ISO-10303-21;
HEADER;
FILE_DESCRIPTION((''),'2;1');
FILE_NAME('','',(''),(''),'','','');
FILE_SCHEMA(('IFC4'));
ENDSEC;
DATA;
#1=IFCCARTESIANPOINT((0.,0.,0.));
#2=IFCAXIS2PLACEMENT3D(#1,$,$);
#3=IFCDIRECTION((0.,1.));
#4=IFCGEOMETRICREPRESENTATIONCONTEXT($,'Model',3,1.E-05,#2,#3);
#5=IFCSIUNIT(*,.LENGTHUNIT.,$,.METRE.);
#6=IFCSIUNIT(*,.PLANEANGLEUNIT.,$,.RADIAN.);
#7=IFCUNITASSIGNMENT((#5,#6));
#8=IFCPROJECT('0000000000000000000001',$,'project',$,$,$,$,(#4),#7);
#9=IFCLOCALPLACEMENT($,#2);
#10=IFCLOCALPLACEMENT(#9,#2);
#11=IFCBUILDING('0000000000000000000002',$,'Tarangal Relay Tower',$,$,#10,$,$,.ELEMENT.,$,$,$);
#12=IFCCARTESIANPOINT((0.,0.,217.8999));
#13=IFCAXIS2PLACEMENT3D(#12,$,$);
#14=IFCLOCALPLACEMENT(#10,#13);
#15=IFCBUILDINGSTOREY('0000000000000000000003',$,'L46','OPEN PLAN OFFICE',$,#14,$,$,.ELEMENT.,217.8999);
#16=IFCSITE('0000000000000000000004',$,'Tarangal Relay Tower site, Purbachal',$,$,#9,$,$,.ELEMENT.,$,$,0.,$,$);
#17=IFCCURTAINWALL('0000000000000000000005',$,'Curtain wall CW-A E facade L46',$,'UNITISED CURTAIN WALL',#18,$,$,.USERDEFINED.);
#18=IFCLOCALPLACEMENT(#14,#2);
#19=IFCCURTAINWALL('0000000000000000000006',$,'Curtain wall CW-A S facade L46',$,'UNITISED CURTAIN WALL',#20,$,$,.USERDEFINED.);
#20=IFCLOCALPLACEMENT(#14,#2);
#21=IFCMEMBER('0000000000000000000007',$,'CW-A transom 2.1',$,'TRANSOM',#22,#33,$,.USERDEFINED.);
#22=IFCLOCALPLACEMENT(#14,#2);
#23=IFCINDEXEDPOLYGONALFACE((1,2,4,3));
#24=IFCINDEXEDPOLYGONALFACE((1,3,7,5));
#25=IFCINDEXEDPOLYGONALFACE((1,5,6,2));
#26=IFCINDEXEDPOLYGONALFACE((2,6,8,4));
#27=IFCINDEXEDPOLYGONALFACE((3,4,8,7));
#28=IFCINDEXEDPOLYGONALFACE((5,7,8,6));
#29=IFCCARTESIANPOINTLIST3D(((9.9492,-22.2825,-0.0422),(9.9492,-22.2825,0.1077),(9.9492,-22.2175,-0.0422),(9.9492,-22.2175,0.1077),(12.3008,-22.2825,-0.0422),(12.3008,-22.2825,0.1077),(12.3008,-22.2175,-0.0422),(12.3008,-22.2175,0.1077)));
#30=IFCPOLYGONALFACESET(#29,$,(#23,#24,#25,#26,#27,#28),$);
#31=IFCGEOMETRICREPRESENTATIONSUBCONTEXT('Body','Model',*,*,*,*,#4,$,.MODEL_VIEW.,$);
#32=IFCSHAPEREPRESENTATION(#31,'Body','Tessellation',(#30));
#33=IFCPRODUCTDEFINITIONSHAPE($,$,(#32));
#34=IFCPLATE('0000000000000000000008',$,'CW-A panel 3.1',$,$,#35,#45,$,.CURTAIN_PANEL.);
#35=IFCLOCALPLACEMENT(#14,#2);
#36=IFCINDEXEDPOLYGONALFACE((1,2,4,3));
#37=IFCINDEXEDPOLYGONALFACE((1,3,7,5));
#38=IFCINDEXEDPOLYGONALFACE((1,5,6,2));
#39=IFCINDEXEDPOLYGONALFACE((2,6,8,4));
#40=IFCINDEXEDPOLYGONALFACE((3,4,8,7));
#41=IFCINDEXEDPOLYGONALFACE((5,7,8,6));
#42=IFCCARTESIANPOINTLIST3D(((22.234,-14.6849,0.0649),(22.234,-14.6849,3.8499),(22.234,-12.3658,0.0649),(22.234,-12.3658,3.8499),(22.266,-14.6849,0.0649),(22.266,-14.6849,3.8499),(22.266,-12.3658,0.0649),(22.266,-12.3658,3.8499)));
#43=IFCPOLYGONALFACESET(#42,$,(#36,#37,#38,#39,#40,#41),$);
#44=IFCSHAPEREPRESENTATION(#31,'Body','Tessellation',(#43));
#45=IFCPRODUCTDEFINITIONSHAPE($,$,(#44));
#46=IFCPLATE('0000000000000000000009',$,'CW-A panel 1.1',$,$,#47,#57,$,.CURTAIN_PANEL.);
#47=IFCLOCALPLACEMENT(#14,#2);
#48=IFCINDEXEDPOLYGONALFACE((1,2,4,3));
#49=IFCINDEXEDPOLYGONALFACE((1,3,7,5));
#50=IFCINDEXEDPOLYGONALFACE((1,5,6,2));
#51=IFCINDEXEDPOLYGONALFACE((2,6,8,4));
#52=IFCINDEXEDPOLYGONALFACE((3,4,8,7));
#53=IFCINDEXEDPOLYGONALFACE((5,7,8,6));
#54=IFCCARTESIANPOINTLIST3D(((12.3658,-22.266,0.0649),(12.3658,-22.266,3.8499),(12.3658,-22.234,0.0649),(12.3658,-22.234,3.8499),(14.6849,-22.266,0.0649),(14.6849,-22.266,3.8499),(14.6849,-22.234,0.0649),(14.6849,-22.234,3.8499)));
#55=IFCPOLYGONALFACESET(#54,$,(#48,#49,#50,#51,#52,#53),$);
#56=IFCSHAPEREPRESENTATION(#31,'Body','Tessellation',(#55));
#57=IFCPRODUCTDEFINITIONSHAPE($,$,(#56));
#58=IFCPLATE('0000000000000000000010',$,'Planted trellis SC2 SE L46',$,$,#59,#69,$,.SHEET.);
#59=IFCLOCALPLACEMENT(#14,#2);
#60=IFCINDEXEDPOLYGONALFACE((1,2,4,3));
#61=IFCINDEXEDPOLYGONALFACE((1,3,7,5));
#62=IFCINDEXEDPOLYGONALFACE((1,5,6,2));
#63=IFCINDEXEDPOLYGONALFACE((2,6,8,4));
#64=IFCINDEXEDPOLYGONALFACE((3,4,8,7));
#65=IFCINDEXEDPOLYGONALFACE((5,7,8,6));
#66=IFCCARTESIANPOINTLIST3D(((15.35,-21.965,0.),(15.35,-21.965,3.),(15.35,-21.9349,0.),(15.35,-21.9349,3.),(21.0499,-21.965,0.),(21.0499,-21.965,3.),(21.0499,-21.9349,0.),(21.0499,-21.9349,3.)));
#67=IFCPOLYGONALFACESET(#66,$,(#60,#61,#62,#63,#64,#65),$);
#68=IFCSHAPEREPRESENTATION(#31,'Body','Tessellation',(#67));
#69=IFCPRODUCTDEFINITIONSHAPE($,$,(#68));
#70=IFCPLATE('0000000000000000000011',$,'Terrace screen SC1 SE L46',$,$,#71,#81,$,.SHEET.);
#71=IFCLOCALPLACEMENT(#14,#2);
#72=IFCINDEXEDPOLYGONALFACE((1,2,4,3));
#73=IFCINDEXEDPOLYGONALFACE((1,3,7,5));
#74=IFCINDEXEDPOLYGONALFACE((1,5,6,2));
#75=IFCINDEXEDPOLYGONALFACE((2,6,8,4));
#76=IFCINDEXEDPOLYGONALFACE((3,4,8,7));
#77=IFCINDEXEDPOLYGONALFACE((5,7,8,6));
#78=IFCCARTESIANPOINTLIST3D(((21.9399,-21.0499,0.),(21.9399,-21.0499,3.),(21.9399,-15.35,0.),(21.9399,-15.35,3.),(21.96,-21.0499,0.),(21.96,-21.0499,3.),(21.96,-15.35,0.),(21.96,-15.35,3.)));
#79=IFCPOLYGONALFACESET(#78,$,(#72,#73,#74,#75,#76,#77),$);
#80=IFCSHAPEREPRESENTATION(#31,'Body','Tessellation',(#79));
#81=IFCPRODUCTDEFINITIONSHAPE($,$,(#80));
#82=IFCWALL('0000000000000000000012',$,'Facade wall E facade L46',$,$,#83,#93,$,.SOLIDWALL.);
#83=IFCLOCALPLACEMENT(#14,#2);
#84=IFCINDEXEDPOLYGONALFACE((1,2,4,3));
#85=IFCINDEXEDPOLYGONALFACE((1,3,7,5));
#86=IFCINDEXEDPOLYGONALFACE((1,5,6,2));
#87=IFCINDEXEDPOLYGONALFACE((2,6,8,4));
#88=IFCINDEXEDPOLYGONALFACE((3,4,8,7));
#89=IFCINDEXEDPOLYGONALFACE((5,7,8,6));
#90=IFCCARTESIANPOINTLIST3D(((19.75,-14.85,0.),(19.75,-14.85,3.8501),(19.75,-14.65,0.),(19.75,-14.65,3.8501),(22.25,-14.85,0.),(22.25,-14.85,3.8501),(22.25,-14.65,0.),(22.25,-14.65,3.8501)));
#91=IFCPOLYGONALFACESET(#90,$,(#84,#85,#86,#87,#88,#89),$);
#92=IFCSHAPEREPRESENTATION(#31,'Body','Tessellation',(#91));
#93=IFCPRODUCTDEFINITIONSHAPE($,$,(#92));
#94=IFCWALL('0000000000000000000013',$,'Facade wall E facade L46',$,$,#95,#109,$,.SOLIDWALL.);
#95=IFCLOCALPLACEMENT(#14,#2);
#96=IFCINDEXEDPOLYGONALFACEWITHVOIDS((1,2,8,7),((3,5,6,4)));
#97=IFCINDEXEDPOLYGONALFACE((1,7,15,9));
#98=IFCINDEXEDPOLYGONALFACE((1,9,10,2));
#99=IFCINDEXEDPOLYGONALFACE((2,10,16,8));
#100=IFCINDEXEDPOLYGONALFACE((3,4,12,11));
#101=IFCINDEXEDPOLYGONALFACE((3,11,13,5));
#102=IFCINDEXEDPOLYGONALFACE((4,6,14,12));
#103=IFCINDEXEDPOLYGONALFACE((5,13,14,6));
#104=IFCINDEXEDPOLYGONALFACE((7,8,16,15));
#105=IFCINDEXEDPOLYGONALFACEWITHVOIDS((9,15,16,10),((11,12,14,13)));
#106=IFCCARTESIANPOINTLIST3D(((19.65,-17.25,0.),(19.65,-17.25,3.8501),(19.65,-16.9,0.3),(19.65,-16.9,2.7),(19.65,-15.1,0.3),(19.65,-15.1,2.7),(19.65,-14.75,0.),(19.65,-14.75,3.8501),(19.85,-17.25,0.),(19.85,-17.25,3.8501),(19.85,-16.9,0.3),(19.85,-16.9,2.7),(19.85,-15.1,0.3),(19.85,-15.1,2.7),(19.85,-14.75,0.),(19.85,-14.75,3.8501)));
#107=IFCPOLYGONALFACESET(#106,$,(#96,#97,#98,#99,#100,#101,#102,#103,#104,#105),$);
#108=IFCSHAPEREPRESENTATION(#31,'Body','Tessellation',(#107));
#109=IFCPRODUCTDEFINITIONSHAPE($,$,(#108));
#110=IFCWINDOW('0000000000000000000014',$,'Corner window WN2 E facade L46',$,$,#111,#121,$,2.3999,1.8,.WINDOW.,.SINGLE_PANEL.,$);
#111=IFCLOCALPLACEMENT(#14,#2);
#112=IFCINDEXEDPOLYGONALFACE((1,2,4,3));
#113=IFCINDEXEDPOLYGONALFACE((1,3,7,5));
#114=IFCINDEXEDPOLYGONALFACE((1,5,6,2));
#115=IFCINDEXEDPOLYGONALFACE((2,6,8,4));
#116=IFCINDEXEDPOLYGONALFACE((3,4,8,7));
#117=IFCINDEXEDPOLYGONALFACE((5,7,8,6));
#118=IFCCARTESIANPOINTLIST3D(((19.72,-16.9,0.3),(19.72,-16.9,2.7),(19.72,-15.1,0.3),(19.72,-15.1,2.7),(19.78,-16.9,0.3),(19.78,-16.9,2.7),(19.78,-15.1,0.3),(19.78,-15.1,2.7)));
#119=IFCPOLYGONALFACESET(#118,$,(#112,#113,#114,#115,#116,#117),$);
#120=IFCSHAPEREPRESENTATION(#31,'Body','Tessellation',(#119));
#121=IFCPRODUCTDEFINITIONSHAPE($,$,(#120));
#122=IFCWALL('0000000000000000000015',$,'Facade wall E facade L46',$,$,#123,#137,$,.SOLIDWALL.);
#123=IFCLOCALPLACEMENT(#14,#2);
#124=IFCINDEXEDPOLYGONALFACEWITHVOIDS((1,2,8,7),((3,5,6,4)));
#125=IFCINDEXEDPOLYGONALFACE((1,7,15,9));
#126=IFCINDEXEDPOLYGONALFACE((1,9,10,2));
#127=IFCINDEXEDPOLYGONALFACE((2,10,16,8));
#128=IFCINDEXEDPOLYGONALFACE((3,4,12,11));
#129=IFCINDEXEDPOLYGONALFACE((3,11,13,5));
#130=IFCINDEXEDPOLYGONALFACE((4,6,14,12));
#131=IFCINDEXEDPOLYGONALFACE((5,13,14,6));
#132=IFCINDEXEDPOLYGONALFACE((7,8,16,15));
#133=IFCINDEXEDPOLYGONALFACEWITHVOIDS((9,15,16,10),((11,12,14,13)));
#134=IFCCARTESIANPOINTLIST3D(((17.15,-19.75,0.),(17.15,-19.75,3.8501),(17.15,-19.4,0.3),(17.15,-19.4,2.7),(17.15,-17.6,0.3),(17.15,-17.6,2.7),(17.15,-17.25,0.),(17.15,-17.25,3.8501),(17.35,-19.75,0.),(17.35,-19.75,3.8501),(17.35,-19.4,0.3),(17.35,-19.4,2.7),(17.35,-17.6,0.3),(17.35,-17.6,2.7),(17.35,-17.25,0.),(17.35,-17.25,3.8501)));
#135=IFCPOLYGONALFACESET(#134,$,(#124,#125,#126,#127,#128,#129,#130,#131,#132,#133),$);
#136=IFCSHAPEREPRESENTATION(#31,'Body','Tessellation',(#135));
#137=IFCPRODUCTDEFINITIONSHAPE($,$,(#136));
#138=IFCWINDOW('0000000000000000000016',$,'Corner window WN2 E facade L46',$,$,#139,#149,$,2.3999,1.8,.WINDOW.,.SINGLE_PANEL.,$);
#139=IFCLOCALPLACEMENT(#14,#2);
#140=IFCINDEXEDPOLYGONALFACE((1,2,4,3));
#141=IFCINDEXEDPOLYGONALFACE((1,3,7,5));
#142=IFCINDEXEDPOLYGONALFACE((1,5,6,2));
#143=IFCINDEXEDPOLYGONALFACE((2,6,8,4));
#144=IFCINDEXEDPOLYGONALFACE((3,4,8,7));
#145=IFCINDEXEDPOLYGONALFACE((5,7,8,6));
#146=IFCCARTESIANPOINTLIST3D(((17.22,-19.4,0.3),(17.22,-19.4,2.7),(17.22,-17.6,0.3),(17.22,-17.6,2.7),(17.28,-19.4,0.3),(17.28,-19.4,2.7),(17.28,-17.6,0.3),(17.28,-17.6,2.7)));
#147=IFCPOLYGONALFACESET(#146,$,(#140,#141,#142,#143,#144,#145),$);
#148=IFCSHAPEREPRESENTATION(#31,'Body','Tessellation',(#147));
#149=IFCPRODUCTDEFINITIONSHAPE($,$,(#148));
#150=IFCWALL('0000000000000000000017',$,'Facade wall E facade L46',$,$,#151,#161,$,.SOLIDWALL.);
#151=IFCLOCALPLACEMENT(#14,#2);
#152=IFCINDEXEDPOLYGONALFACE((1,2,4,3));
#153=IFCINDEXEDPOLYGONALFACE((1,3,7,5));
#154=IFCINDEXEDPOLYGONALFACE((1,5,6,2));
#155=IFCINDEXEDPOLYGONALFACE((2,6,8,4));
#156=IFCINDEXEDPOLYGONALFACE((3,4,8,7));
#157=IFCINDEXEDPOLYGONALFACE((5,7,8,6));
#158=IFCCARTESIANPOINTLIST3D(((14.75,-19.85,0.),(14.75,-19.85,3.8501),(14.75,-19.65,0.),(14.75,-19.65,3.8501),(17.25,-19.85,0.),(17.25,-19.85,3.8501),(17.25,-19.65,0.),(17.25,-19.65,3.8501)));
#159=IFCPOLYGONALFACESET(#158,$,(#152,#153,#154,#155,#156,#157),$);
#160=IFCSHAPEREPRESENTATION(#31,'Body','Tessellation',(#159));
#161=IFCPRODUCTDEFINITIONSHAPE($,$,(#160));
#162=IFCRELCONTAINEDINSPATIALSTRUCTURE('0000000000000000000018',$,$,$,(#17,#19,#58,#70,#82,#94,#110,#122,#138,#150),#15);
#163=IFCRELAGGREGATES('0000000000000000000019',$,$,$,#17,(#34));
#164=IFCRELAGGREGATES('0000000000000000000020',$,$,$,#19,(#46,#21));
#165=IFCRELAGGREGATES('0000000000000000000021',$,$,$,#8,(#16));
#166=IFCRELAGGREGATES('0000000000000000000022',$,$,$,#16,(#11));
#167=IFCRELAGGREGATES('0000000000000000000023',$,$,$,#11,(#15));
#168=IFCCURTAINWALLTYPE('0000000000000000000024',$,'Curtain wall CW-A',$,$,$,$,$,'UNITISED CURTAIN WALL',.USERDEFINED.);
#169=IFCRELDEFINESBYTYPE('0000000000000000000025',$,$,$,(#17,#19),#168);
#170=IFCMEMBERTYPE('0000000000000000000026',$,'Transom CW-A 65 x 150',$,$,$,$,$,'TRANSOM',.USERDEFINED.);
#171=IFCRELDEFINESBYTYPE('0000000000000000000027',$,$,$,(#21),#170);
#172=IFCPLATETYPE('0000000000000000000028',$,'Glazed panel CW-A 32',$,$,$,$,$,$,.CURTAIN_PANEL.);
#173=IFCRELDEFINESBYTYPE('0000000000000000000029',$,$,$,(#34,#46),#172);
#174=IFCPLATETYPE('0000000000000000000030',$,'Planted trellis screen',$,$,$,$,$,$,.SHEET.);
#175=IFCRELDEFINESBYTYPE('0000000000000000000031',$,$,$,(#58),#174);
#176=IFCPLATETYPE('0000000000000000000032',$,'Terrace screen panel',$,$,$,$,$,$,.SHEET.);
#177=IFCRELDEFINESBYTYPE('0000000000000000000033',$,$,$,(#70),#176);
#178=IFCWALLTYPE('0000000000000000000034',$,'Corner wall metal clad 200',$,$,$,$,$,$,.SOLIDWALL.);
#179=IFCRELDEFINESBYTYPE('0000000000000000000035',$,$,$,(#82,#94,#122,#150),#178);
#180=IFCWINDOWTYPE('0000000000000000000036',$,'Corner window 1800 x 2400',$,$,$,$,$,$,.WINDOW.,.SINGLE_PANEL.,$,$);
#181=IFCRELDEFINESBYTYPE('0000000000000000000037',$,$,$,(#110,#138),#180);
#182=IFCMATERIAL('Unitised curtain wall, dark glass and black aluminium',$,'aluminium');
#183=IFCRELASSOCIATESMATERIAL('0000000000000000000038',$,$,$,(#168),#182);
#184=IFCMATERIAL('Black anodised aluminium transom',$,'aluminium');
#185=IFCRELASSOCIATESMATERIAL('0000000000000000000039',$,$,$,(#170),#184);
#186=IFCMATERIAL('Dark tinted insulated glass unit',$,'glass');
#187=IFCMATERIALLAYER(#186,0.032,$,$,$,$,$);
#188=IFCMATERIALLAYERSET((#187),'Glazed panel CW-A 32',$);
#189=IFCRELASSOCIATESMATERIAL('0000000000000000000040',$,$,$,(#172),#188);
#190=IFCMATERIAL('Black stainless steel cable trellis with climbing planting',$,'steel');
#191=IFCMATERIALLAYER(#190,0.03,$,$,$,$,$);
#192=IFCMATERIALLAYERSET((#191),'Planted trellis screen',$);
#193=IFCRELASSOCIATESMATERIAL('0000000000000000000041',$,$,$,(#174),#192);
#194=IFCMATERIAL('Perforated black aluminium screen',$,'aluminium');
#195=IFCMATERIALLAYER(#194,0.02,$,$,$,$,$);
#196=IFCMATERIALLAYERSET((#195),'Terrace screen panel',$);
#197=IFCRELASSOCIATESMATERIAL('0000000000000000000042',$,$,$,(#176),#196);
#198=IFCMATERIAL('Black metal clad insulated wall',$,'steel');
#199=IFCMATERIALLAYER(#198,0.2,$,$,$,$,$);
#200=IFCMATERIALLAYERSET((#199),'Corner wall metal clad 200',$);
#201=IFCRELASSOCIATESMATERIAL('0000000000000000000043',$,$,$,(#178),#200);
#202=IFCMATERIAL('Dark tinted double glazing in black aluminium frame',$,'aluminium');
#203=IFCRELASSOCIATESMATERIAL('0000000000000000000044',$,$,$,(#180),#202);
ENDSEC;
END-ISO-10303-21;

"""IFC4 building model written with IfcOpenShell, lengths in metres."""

from ifc_helpers import new_model, si_unit, direction, frame, frame_2d, origin, origin_2d, place, context, subcontext, project, spatial, rectangle, extrude, material, layer, layer_set, material_profile, profile_set, type_object, element, fill, aggregate, save


model = new_model("IFC4")

# Units and contexts
model_context = context("Model", 3, precision=1e-05, world=origin(), true_north=direction((0.0, 1.0)))
body_context = subcontext(model_context, "Body", "Model", "MODEL_VIEW")
ifc_project = project(units=[si_unit("LENGTHUNIT", "METRE"), si_unit("PLANEANGLEUNIT", "RADIAN")], contexts=[model_context])

# Site, building, storey
site_placement = place(None, origin())
site = spatial("IfcSite", under=ifc_project, at=site_placement, Name="Tarangal Relay Tower site, Purbachal", CompositionType="ELEMENT", RefElevation=0.0)
building_placement = place(site_placement, origin())
building = spatial("IfcBuilding", under=site, at=building_placement, Name="Tarangal Relay Tower", CompositionType="ELEMENT")
storey_placement = place(building_placement, frame((0.0, 0.0, 217.8999)))
storey = spatial("IfcBuildingStorey", under=building, at=storey_placement, Name="L46", Description="OPEN PLAN OFFICE", CompositionType="ELEMENT", Elevation=217.8999)

# Curtain walls
ifc_material_1 = material(Name="Unitised curtain wall, dark glass and black aluminium", Category="aluminium")
curtain_wall_type = type_object("IfcCurtainWallType", Name="Curtain wall CW-A", ElementType="UNITISED CURTAIN WALL", PredefinedType="USERDEFINED", material=ifc_material_1)
curtain_wall_1_placement = place(storey_placement, origin())
curtain_wall_1 = element("IfcCurtainWall", 1, at=curtain_wall_1_placement, inside=storey, type_object=curtain_wall_type, Name="Curtain wall CW-A E facade L46", ObjectType="UNITISED CURTAIN WALL", PredefinedType="USERDEFINED")
curtain_wall_2_placement = place(storey_placement, origin())
curtain_wall_2 = element("IfcCurtainWall", 2, at=curtain_wall_2_placement, inside=storey, type_object=curtain_wall_type, Name="Curtain wall CW-A S facade L46", ObjectType="UNITISED CURTAIN WALL", PredefinedType="USERDEFINED")

# Member
ifc_material_2 = material(Name="Black anodised aluminium transom", Category="aluminium")
ifc_material_profile_1 = material_profile(ifc_material_2, rectangle(XDim=0.0649, YDim=0.1499, at=origin_2d()), Name="CW-AT 65X150")
ifc_profile_set_1 = profile_set([ifc_material_profile_1], Name="Black anodised aluminium transom")
member_type_1 = type_object("IfcMemberType", Name="Transom CW-A 65 x 150", ElementType="TRANSOM", PredefinedType="USERDEFINED", material=ifc_profile_set_1)
member_1_placement = place(storey_placement, frame((12.3008, -22.25, 0.0327), z_axis=(-1.0, 0.0, 0.0), x_axis=(0.0, -1.0, 0.0)))
member_1 = element("IfcMember", 3, at=member_1_placement, type_object=member_type_1, Name="CW-A transom 2.1", ObjectType="TRANSOM", PredefinedType="USERDEFINED", context=body_context, shape_type="SweptSolid", body=[
    extrude(rectangle(XDim=0.0649, YDim=0.1499, at=origin_2d()), origin(), (0.0, 0.0, 1.0), 2.3516),
])

# Plates
ifc_material_3 = material(Name="Dark tinted insulated glass unit", Category="glass")
ifc_layer_1 = layer(ifc_material_3, 0.032)
ifc_layer_set_1 = layer_set([ifc_layer_1], Name="Glazed panel CW-A 32")
plate_type_1 = type_object("IfcPlateType", Name="Glazed panel CW-A 32", PredefinedType="CURTAIN_PANEL", material=ifc_layer_set_1)
plate_1_placement = place(storey_placement, frame((22.25, -13.5254, 0.0649), z_axis=(0.0, 0.0, 1.0), x_axis=(0.0, -1.0, 0.0)))
plate_1 = element("IfcPlate", 4, at=plate_1_placement, type_object=plate_type_1, Name="CW-A panel 3.1", PredefinedType="CURTAIN_PANEL", context=body_context, shape_type="SweptSolid", body=[
    extrude(rectangle(XDim=2.3191, YDim=0.032, at=origin_2d()), origin(), (0.0, 0.0, 1.0), 3.7849),
])
aggregate(curtain_wall_1, [plate_1])
plate_2_placement = place(storey_placement, frame((13.5254, -22.25, 0.0649), z_axis=(0.0, 0.0, 1.0), x_axis=(-1.0, 0.0, 0.0)))
plate_2 = element("IfcPlate", 5, at=plate_2_placement, type_object=plate_type_1, Name="CW-A panel 1.1", PredefinedType="CURTAIN_PANEL", context=body_context, shape_type="SweptSolid", body=[
    extrude(rectangle(XDim=2.3191, YDim=0.032, at=origin_2d()), origin(), (0.0, 0.0, 1.0), 3.7849),
])
aggregate(curtain_wall_2, [plate_2, member_1])

# Plates
ifc_material_4 = material(Name="Black stainless steel cable trellis with climbing planting", Category="steel")
ifc_layer_2 = layer(ifc_material_4, 0.03)
ifc_layer_set_2 = layer_set([ifc_layer_2], Name="Planted trellis screen")
plate_type_2 = type_object("IfcPlateType", Name="Planted trellis screen", PredefinedType="SHEET", material=ifc_layer_set_2)
plate_3_placement = place(storey_placement, frame((18.2, -21.95, 0.0), z_axis=(0.0, 0.0, 1.0), x_axis=(-1.0, 0.0, 0.0)))
element("IfcPlate", 6, at=plate_3_placement, inside=storey, type_object=plate_type_2, Name="Planted trellis SC2 SE L46", PredefinedType="SHEET", context=body_context, shape_type="SweptSolid", body=[
    extrude(rectangle(XDim=5.7, YDim=0.03, at=origin_2d()), origin(), (0.0, 0.0, 1.0), 3.0),
])
ifc_material_5 = material(Name="Perforated black aluminium screen", Category="aluminium")
ifc_layer_3 = layer(ifc_material_5, 0.02)
ifc_layer_set_3 = layer_set([ifc_layer_3], Name="Terrace screen panel")
plate_type_3 = type_object("IfcPlateType", Name="Terrace screen panel", PredefinedType="SHEET", material=ifc_layer_set_3)
plate_4_placement = place(storey_placement, frame((21.95, -18.2, 0.0), z_axis=(0.0, 0.0, 1.0), x_axis=(0.0, -1.0, 0.0)))
element("IfcPlate", 7, at=plate_4_placement, inside=storey, type_object=plate_type_3, Name="Terrace screen SC1 SE L46", PredefinedType="SHEET", context=body_context, shape_type="SweptSolid", body=[
    extrude(rectangle(XDim=5.7, YDim=0.02, at=origin_2d()), origin(), (0.0, 0.0, 1.0), 3.0),
])

# Wall
ifc_material_6 = material(Name="Black metal clad insulated wall", Category="steel")
ifc_layer_4 = layer(ifc_material_6, 0.2)
ifc_layer_set_4 = layer_set([ifc_layer_4], Name="Corner wall metal clad 200")
wall_type_1 = type_object("IfcWallType", Name="Corner wall metal clad 200", PredefinedType="SOLIDWALL", material=ifc_layer_set_4)
wall_1_placement = place(storey_placement, frame((22.25, -14.75, 0.0), z_axis=(0.0, 0.0, 1.0), x_axis=(-1.0, 0.0, 0.0)))
element("IfcWall", 8, at=wall_1_placement, inside=storey, type_object=wall_type_1, Name="Facade wall E facade L46", PredefinedType="SOLIDWALL", context=body_context, shape_type="SweptSolid", body=[
    extrude(rectangle(XDim=2.5, YDim=0.2, at=frame_2d((1.25, 0.0))), origin(), (0.0, 0.0, 1.0), 3.8501),
])

# Wall, opening, window
wall_2_placement = place(storey_placement, frame((19.75, -14.75, 0.0), z_axis=(0.0, 0.0, 1.0), x_axis=(0.0, -1.0, 0.0)))
wall_2 = element("IfcWall", 9, at=wall_2_placement, inside=storey, type_object=wall_type_1, Name="Facade wall E facade L46", PredefinedType="SOLIDWALL", context=body_context, shape_type="SweptSolid", body=[
    extrude(rectangle(XDim=2.5, YDim=0.2, at=frame_2d((1.25, 0.0))), origin(), (0.0, 0.0, 1.0), 3.8501),
])
opening_1_placement = place(wall_2_placement, frame((0.3501, 0.0, 0.3)))
opening_1 = element("IfcOpeningElement", 10, at=opening_1_placement, cuts=wall_2, PredefinedType="OPENING", context=body_context, shape_type="SweptSolid", body=[
    extrude(rectangle(XDim=1.8, YDim=2.3999, at=frame_2d((0.8999, 1.2))), frame((0.0, 0.1099, 0.0), z_axis=(0.0, -1.0, 0.0), x_axis=(1.0, 0.0, 0.0)), (0.0, 0.0, 1.0), 0.22),
])
ifc_material_7 = material(Name="Dark tinted double glazing in black aluminium frame", Category="aluminium")
window_type = type_object("IfcWindowType", Name="Corner window 1800 x 2400", PartitioningType="SINGLE_PANEL", PredefinedType="WINDOW", material=ifc_material_7)
window_1_placement = place(opening_1_placement, origin())
window_1 = element("IfcWindow", 11, at=window_1_placement, inside=storey, type_object=window_type, Name="Corner window WN2 E facade L46", OverallHeight=2.3999, OverallWidth=1.8, PartitioningType="SINGLE_PANEL", PredefinedType="WINDOW", context=body_context, shape_type="SweptSolid", body=[
    extrude(rectangle(XDim=1.8, YDim=2.3999, at=frame_2d((0.8999, 1.2))), frame((0.0, 0.03, 0.0), z_axis=(0.0, -1.0, 0.0), x_axis=(1.0, 0.0, 0.0)), (0.0, 0.0, 1.0), 0.0601),
])
fill(opening_1, window_1)

# Wall, opening, window
wall_3_placement = place(storey_placement, frame((17.25, -17.25, 0.0), z_axis=(0.0, 0.0, 1.0), x_axis=(0.0, -1.0, 0.0)))
wall_3 = element("IfcWall", 12, at=wall_3_placement, inside=storey, type_object=wall_type_1, Name="Facade wall E facade L46", PredefinedType="SOLIDWALL", context=body_context, shape_type="SweptSolid", body=[
    extrude(rectangle(XDim=2.5, YDim=0.2, at=frame_2d((1.25, 0.0))), origin(), (0.0, 0.0, 1.0), 3.8501),
])
opening_2_placement = place(wall_3_placement, frame((0.3501, 0.0, 0.3)))
opening_2 = element("IfcOpeningElement", 13, at=opening_2_placement, cuts=wall_3, PredefinedType="OPENING", context=body_context, shape_type="SweptSolid", body=[
    extrude(rectangle(XDim=1.8, YDim=2.3999, at=frame_2d((0.8999, 1.2))), frame((0.0, 0.1099, 0.0), z_axis=(0.0, -1.0, 0.0), x_axis=(1.0, 0.0, 0.0)), (0.0, 0.0, 1.0), 0.22),
])
window_2_placement = place(opening_2_placement, origin())
window_2 = element("IfcWindow", 14, at=window_2_placement, inside=storey, type_object=window_type, Name="Corner window WN2 E facade L46", OverallHeight=2.3999, OverallWidth=1.8, PartitioningType="SINGLE_PANEL", PredefinedType="WINDOW", context=body_context, shape_type="SweptSolid", body=[
    extrude(rectangle(XDim=1.8, YDim=2.3999, at=frame_2d((0.8999, 1.2))), frame((0.0, 0.03, 0.0), z_axis=(0.0, -1.0, 0.0), x_axis=(1.0, 0.0, 0.0)), (0.0, 0.0, 1.0), 0.0601),
])
fill(opening_2, window_2)

# Wall
wall_4_placement = place(storey_placement, frame((17.25, -19.75, 0.0), z_axis=(0.0, 0.0, 1.0), x_axis=(-1.0, 0.0, 0.0)))
element("IfcWall", 15, at=wall_4_placement, inside=storey, type_object=wall_type_1, Name="Facade wall E facade L46", PredefinedType="SOLIDWALL", context=body_context, shape_type="SweptSolid", body=[
    extrude(rectangle(XDim=2.5, YDim=0.2, at=frame_2d((1.25, 0.0))), origin(), (0.0, 0.0, 1.0), 3.8501),
])

save(model, "model.ifc")
